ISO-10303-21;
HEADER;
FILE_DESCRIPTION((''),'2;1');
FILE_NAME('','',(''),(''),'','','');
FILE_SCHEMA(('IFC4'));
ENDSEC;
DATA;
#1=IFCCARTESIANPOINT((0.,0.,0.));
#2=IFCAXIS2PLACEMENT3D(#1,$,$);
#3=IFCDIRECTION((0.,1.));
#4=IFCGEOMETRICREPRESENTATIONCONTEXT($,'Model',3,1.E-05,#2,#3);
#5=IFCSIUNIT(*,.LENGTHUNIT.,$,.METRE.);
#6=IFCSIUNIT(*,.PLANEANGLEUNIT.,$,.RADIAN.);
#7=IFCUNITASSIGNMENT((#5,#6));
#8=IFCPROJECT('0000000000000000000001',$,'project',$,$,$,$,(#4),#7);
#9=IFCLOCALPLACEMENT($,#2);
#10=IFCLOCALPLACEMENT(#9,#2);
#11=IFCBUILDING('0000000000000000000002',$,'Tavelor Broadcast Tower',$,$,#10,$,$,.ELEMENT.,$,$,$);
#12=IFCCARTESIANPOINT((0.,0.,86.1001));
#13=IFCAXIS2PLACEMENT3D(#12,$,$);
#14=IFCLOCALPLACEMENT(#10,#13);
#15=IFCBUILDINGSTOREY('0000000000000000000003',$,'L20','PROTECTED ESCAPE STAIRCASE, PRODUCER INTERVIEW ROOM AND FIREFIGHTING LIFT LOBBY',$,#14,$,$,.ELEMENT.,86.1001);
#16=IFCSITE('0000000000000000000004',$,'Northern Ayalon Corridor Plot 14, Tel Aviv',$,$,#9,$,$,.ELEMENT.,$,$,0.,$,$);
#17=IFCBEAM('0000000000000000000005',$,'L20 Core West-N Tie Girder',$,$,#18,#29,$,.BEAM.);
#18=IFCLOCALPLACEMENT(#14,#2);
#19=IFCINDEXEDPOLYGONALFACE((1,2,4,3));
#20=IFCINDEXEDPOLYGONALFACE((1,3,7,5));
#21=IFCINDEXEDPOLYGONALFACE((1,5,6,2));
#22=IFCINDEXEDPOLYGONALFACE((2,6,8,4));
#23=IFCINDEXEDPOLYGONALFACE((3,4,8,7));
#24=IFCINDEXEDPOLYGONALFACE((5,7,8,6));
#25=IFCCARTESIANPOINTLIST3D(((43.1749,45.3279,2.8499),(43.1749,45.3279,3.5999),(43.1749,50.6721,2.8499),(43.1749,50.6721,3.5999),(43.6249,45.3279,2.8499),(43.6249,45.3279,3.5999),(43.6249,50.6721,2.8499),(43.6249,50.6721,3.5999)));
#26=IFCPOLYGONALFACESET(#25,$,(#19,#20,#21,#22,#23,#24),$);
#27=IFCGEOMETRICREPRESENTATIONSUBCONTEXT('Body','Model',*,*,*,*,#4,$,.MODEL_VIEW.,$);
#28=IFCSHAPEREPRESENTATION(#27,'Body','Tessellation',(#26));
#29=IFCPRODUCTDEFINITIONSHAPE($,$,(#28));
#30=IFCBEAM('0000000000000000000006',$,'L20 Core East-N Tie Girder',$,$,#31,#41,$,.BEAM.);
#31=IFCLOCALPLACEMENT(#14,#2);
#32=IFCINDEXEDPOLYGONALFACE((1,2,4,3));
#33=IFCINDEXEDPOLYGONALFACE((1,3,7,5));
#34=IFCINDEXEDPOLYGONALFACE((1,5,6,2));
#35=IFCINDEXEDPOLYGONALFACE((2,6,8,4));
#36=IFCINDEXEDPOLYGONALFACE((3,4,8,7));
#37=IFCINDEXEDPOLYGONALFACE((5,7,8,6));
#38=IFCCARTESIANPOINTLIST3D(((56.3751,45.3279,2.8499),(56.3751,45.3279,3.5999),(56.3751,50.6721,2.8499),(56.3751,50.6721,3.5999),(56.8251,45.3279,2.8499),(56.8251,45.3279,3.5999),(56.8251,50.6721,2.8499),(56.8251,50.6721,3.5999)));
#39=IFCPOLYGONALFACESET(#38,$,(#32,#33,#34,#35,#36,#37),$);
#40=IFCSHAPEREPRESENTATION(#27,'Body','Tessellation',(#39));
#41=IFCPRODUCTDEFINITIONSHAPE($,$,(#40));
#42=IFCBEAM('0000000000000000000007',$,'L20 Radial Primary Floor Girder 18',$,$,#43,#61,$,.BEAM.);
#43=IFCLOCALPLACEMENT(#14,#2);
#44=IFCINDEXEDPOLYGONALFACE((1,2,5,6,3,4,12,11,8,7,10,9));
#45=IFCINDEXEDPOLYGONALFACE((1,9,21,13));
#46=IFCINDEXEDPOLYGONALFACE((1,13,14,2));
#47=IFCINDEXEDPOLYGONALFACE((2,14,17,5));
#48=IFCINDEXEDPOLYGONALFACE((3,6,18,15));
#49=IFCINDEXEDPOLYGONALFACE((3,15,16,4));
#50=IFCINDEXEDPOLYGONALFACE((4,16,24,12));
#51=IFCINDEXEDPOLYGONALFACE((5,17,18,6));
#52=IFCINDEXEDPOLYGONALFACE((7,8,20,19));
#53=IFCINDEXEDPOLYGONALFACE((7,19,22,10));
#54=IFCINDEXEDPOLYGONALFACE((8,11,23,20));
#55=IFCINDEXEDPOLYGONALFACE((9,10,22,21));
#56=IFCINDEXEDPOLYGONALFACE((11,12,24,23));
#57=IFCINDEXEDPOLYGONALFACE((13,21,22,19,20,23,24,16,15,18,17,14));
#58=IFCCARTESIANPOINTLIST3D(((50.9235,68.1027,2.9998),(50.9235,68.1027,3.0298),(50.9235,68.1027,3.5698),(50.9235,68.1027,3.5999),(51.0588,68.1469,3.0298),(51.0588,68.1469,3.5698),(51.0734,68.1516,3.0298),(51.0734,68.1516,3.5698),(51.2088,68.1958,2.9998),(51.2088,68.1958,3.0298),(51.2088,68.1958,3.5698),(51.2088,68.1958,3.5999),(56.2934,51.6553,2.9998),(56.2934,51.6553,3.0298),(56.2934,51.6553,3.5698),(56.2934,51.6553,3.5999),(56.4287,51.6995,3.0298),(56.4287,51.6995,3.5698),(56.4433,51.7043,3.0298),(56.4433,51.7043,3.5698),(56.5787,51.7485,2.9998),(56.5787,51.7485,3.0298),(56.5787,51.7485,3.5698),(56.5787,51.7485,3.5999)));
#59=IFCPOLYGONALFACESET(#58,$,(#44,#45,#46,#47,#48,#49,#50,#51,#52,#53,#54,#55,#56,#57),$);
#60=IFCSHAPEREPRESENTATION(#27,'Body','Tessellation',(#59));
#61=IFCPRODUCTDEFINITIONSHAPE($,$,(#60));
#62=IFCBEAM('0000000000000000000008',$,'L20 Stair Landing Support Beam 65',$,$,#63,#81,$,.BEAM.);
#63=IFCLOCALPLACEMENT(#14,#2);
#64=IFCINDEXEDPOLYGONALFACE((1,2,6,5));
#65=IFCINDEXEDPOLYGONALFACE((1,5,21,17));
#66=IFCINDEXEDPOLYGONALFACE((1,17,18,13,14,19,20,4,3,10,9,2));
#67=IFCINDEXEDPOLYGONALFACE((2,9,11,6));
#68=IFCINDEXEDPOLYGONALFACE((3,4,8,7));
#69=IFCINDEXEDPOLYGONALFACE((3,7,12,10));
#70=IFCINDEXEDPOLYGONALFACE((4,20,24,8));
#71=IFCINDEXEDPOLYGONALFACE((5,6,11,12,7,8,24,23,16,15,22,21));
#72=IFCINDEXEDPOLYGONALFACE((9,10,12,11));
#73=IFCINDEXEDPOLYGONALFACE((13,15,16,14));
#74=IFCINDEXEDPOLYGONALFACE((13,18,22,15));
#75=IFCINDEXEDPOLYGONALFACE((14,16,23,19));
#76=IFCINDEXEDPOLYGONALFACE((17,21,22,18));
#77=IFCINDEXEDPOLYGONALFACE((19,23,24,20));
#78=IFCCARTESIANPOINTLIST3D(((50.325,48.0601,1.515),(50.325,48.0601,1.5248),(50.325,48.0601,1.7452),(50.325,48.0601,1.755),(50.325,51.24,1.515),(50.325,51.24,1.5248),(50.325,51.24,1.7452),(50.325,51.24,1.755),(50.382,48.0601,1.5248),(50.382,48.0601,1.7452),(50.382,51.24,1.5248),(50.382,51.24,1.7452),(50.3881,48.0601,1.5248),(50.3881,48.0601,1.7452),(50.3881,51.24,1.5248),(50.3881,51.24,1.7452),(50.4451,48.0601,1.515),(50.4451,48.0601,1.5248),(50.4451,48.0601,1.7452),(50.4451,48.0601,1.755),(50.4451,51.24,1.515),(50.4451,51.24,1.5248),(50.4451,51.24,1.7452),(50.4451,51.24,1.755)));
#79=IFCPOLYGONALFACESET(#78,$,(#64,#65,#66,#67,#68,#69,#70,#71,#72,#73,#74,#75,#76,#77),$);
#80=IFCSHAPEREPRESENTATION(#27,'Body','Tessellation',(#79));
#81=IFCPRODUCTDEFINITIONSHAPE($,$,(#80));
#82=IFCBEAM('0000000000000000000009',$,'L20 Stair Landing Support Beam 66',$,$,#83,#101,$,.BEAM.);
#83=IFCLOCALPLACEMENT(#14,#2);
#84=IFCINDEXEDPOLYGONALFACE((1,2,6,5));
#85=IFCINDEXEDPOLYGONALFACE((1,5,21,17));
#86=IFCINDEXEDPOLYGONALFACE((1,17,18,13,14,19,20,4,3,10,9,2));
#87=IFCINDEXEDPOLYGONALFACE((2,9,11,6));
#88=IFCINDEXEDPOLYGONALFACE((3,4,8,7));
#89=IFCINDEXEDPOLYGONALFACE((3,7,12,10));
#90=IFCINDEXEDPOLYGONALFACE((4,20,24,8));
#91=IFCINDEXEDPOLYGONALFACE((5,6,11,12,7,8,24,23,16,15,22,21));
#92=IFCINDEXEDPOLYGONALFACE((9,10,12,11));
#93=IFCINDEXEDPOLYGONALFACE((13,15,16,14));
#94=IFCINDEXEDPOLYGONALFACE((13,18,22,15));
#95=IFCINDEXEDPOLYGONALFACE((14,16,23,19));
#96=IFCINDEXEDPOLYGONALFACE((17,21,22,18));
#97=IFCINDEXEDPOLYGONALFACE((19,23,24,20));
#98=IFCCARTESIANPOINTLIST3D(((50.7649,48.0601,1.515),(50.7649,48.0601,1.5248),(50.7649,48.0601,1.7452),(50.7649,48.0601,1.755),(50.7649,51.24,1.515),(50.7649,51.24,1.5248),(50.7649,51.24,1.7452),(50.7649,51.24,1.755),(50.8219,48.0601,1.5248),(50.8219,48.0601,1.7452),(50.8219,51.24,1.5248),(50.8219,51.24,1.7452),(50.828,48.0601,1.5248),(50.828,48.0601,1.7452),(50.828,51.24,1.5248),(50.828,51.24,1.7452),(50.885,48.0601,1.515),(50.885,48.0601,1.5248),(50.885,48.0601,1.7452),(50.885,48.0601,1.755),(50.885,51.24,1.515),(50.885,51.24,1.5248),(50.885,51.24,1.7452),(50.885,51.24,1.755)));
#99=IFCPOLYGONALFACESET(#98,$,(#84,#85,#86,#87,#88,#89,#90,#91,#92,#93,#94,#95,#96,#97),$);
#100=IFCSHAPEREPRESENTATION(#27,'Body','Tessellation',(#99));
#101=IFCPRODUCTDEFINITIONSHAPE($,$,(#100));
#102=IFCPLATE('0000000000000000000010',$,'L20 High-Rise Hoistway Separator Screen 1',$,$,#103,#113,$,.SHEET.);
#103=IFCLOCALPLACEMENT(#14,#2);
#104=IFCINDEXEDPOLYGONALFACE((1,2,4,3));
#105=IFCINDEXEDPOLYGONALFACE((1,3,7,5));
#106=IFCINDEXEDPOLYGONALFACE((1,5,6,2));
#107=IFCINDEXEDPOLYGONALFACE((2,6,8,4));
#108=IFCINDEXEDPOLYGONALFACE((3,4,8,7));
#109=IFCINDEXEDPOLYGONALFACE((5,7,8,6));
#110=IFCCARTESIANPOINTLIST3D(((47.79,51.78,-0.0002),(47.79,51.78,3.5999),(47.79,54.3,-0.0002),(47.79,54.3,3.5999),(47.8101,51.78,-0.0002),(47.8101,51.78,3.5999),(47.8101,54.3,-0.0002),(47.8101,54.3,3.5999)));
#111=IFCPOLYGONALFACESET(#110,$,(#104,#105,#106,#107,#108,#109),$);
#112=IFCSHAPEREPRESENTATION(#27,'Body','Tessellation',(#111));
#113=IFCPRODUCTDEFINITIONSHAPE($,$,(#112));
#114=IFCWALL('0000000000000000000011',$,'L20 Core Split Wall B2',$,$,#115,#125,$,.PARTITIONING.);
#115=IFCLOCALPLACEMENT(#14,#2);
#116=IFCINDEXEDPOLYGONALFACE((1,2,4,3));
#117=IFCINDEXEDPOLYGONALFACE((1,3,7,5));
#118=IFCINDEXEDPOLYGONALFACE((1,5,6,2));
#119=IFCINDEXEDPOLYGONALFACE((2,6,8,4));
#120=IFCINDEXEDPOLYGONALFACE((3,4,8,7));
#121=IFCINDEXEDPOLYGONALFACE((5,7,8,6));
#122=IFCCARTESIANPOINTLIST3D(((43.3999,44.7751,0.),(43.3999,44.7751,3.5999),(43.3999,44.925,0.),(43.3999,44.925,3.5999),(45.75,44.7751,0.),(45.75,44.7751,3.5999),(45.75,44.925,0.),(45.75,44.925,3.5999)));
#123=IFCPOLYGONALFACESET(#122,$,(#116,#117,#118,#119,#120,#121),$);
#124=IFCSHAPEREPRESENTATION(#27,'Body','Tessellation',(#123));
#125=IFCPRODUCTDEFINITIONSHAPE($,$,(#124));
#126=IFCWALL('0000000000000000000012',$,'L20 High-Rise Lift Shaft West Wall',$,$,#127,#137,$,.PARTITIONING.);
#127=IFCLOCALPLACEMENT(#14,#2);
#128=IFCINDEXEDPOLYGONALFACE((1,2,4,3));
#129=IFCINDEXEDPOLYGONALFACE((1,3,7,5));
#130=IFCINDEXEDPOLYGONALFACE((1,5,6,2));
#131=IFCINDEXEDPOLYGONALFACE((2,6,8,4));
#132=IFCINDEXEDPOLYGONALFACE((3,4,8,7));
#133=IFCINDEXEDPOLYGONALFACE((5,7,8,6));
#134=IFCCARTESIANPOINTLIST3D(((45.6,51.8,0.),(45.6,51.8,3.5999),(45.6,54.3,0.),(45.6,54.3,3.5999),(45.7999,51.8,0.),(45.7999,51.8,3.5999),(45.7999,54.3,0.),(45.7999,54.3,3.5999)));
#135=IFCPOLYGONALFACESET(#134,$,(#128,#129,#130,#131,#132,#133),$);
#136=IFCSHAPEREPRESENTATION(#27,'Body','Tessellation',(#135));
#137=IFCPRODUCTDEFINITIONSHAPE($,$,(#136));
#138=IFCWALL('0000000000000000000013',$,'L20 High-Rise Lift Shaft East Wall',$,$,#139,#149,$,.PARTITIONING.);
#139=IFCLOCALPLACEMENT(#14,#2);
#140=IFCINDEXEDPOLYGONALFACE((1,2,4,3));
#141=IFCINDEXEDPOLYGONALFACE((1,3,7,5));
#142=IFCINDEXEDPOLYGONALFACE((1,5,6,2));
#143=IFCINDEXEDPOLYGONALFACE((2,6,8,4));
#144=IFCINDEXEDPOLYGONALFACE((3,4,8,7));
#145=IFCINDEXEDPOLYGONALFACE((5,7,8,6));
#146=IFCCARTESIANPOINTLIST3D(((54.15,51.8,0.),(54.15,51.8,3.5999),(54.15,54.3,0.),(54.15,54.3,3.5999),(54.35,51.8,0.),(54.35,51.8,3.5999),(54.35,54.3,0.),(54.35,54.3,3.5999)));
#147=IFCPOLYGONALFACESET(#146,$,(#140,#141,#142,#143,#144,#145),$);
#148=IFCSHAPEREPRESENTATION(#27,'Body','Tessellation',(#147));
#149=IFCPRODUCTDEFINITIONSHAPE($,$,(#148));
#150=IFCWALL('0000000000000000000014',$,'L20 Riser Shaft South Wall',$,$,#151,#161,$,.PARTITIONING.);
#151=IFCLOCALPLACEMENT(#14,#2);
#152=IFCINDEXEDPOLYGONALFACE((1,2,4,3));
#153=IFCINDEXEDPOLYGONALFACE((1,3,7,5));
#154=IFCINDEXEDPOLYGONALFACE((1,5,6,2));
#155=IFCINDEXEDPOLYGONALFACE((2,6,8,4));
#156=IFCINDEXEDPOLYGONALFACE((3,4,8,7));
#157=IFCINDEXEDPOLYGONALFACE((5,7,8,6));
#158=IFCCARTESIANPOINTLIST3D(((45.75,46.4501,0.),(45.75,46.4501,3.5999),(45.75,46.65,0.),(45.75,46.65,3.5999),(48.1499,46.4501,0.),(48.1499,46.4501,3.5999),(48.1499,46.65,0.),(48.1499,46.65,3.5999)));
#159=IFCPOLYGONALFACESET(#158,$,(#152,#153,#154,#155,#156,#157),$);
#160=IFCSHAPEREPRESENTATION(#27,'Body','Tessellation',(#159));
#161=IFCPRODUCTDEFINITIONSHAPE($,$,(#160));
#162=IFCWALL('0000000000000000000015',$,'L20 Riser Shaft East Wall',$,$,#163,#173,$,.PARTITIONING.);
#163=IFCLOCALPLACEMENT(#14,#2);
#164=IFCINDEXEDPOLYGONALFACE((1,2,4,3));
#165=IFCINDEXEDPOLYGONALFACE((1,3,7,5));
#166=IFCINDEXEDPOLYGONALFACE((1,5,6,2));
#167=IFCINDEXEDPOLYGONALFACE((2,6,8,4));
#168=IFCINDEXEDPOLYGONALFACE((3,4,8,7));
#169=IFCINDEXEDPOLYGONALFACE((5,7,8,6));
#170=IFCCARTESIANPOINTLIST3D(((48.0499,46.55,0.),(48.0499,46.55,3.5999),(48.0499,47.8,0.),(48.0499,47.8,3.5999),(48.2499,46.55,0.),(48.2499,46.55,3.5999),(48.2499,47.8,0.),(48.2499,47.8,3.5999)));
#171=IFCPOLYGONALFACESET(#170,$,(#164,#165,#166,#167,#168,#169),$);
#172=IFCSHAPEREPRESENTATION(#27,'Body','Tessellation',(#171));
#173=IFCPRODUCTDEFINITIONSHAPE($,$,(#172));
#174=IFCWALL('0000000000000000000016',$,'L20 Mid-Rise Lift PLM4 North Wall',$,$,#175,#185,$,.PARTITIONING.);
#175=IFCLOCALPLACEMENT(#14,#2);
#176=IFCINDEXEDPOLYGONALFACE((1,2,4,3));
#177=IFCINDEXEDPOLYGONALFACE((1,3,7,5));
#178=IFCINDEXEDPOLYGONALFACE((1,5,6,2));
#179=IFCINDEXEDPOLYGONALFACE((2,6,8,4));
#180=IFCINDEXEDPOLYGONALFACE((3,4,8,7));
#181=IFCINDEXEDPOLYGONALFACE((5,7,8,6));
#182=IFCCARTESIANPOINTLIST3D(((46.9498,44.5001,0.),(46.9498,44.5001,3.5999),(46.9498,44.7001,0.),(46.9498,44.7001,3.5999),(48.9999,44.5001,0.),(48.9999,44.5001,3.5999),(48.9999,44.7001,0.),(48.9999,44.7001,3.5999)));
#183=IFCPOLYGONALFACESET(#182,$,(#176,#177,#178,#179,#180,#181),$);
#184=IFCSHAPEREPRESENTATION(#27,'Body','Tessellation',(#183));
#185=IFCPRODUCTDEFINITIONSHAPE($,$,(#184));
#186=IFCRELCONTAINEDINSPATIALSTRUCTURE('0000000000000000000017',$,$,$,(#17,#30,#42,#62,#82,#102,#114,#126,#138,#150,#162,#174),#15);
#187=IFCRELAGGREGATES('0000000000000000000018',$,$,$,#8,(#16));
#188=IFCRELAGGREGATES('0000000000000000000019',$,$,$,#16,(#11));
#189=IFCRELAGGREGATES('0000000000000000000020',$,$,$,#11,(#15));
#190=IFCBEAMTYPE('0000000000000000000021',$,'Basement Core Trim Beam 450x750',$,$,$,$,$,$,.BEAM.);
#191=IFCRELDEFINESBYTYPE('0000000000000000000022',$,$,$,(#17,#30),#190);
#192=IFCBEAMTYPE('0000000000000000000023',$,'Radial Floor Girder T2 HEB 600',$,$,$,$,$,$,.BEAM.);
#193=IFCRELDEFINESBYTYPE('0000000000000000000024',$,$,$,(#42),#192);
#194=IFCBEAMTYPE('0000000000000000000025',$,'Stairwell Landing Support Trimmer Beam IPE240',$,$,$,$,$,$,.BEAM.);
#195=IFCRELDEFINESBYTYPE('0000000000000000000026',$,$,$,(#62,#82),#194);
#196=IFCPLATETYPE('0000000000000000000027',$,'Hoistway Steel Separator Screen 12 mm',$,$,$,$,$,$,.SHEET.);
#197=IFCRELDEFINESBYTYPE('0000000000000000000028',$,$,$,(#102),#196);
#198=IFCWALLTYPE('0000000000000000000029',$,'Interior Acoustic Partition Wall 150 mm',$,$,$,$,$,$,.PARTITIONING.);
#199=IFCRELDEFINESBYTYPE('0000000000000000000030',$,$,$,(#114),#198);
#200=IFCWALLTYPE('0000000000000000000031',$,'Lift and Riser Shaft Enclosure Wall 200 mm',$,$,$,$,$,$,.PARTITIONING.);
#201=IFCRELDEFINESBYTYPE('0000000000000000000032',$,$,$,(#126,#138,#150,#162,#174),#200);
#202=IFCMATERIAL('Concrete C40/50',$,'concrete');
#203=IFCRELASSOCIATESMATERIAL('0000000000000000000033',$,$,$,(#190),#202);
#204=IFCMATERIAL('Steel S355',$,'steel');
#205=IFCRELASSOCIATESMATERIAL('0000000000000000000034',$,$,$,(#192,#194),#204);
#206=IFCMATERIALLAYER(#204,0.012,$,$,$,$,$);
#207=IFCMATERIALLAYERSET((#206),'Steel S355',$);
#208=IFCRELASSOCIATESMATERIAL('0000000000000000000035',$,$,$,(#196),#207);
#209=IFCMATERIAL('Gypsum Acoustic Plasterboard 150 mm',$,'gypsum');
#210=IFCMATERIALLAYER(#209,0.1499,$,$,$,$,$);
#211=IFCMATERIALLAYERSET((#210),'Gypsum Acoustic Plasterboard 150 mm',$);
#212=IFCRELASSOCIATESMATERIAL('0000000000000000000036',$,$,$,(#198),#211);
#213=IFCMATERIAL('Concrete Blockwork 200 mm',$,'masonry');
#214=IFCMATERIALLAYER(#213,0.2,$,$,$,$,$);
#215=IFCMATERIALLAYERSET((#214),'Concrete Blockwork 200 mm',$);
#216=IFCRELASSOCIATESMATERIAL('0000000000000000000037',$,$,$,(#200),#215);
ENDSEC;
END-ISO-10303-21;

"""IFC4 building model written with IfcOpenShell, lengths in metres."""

from ifc_helpers import new_model, si_unit, direction, frame, frame_2d, origin, origin_2d, place, context, subcontext, project, spatial, rectangle, i_section, extrude, source, transform, mapped, material, layer, layer_set, material_profile, profile_set, type_object, type_shapes, element, save


model = new_model("IFC4")

# Units and contexts
model_context = context("Model", 3, precision=1e-05, world=origin(), true_north=direction((0.0, 1.0)))
body_context = subcontext(model_context, "Body", "Model", "MODEL_VIEW")
ifc_project = project(units=[si_unit("LENGTHUNIT", "METRE"), si_unit("PLANEANGLEUNIT", "RADIAN")], contexts=[model_context])

# Site, building, storey
site_placement = place(None, origin())
site = spatial("IfcSite", under=ifc_project, at=site_placement, Name="Northern Ayalon Corridor Plot 14, Tel Aviv", CompositionType="ELEMENT", RefElevation=0.0)
building_placement = place(site_placement, origin())
building = spatial("IfcBuilding", under=site, at=building_placement, Name="Tavelor Broadcast Tower", CompositionType="ELEMENT")
storey_placement = place(building_placement, frame((0.0, 0.0, 86.1001)))
storey = spatial("IfcBuildingStorey", under=building, at=storey_placement, Name="L20", Description="PROTECTED ESCAPE STAIRCASE, PRODUCER INTERVIEW ROOM AND FIREFIGHTING LIFT LOBBY", CompositionType="ELEMENT", Elevation=86.1001)

# Beams
ifc_material_1 = material(Name="Concrete C40/50", Category="concrete")
ifc_material_profile_1 = material_profile(ifc_material_1, rectangle(XDim=0.45, YDim=0.75, at=origin_2d()), Name="RC 450x750")
ifc_profile_set_1 = profile_set([ifc_material_profile_1], Name="Concrete C40/50")
beam_type_1 = type_object("IfcBeamType", Name="Basement Core Trim Beam 450x750", PredefinedType="BEAM", material=ifc_profile_set_1)
for number, where, z_axis, x_axis, name in (
    (1, (43.3999, 45.3279, 3.2249), (0.0, 1.0, 0.0), (-1.0, 0.0, 0.0), "L20 Core West-N Tie Girder"),
    (2, (56.6001, 45.3279, 3.2249), (0.0, 1.0, 0.0), (-1.0, 0.0, 0.0), "L20 Core East-N Tie Girder"),
):
    element("IfcBeam", number, at=place(storey_placement, frame(where, z_axis=z_axis, x_axis=x_axis)), inside=storey, type_object=beam_type_1, Name=name, PredefinedType="BEAM", context=body_context, shape_type="SweptSolid", body=[
        extrude(rectangle(XDim=0.45, YDim=0.75, at=origin_2d()), origin(), (0.0, 0.0, 1.0), 5.3442),
    ])
ifc_material_2 = material(Name="Steel S355", Category="steel")
ifc_material_profile_2 = material_profile(ifc_material_2, i_section(OverallWidth=0.3, OverallDepth=0.6001, WebThickness=0.0154, FlangeThickness=0.03, at=origin_2d()), Name="HEB 600")
ifc_profile_set_2 = profile_set([ifc_material_profile_2], Name="Steel S355")
beam_type_2 = type_object("IfcBeamType", Name="Radial Floor Girder T2 HEB 600", PredefinedType="BEAM", material=ifc_profile_set_2)
beam_placement = place(storey_placement, frame((56.436, 51.7019, 3.2998), z_axis=(-0.310367, 0.950617, 0.0), x_axis=(-0.950617, -0.310367, 0.0)))
element("IfcBeam", 3, at=beam_placement, inside=storey, type_object=beam_type_2, Name="L20 Radial Primary Floor Girder 18", PredefinedType="BEAM", context=body_context, shape_type="SweptSolid", body=[
    extrude(i_section(OverallWidth=0.3, OverallDepth=0.6001, WebThickness=0.0154, FlangeThickness=0.03, at=origin_2d()), origin(), (0.0, 0.0, 1.0), 17.3018),
])
ifc_material_profile_3 = material_profile(ifc_material_2, i_section(OverallWidth=0.1201, OverallDepth=0.24, WebThickness=0.0061, FlangeThickness=0.0098, at=origin_2d()), Name="IPE 240")
ifc_profile_set_3 = profile_set([ifc_material_profile_3], Name="Steel S355")
beam_type_3 = type_object("IfcBeamType", Name="Stairwell Landing Support Trimmer Beam IPE240", PredefinedType="BEAM", material=ifc_profile_set_3)
for number, where, z_axis, x_axis, name in (
    (4, (50.385, 48.0601, 1.635), (0.0, 1.0, 0.0), (-1.0, 0.0, 0.0), "L20 Stair Landing Support Beam 65"),
    (5, (50.825, 48.0601, 1.635), (0.0, 1.0, 0.0), (-1.0, 0.0, 0.0), "L20 Stair Landing Support Beam 66"),
):
    element("IfcBeam", number, at=place(storey_placement, frame(where, z_axis=z_axis, x_axis=x_axis)), inside=storey, type_object=beam_type_3, Name=name, PredefinedType="BEAM", context=body_context, shape_type="SweptSolid", body=[
        extrude(i_section(OverallWidth=0.1201, OverallDepth=0.24, WebThickness=0.0061, FlangeThickness=0.0098, at=origin_2d()), origin(), (0.0, 0.0, 1.0), 3.1799),
    ])

# Plate
ifc_layer_1 = layer(ifc_material_2, 0.012)
ifc_layer_set_1 = layer_set([ifc_layer_1], Name="Steel S355")
plate_type = type_object("IfcPlateType", Name="Hoistway Steel Separator Screen 12 mm", PredefinedType="SHEET", material=ifc_layer_set_1)
shared_shape = source(origin(), body_context, "Body", "SweptSolid", [
    extrude(rectangle(XDim=0.02, YDim=2.52, at=origin_2d()), origin(), (0.0, 0.0, 1.0), 3.6001),
])
type_shapes(plate_type, [shared_shape])
plate_placement = place(storey_placement, frame((47.8, 53.04, -0.0002), z_axis=(0.0, 0.0, 1.0), x_axis=(1.0, 0.0, 0.0)))
element("IfcPlate", 6, at=plate_placement, inside=storey, type_object=plate_type, Name="L20 High-Rise Hoistway Separator Screen 1", PredefinedType="SHEET", context=body_context, shape_type="MappedRepresentation", body=[
    mapped(shared_shape, transform((0.0, 0.0, 0.0), scale=1.0)),
])

# Walls
ifc_material_3 = material(Name="Gypsum Acoustic Plasterboard 150 mm", Category="gypsum")
ifc_layer_2 = layer(ifc_material_3, 0.1499)
ifc_layer_set_2 = layer_set([ifc_layer_2], Name="Gypsum Acoustic Plasterboard 150 mm")
wall_type_1 = type_object("IfcWallType", Name="Interior Acoustic Partition Wall 150 mm", PredefinedType="PARTITIONING", material=ifc_layer_set_2)
wall_1_placement = place(storey_placement, frame((43.3999, 44.8501, 0.0), z_axis=(0.0, 0.0, 1.0), x_axis=(1.0, 0.0, 0.0)))
element("IfcWall", 7, at=wall_1_placement, inside=storey, type_object=wall_type_1, Name="L20 Core Split Wall B2", PredefinedType="PARTITIONING", context=body_context, shape_type="SweptSolid", body=[
    extrude(rectangle(XDim=2.3501, YDim=0.1499, at=frame_2d((1.175, 0.0))), origin(), (0.0, 0.0, 1.0), 3.5999),
])
ifc_material_4 = material(Name="Concrete Blockwork 200 mm", Category="masonry")
ifc_layer_3 = layer(ifc_material_4, 0.2)
ifc_layer_set_3 = layer_set([ifc_layer_3], Name="Concrete Blockwork 200 mm")
wall_type_2 = type_object("IfcWallType", Name="Lift and Riser Shaft Enclosure Wall 200 mm", PredefinedType="PARTITIONING", material=ifc_layer_set_3)
for number, where, z_axis, x_axis, name in (
    (8, (45.7, 51.8, 0.0), (0.0, 0.0, 1.0), (0.0, 1.0, 0.0), "L20 High-Rise Lift Shaft West Wall"),
    (9, (54.25, 51.8, 0.0), (0.0, 0.0, 1.0), (0.0, 1.0, 0.0), "L20 High-Rise Lift Shaft East Wall"),
):
    element("IfcWall", number, at=place(storey_placement, frame(where, z_axis=z_axis, x_axis=x_axis)), inside=storey, type_object=wall_type_2, Name=name, PredefinedType="PARTITIONING", context=body_context, shape_type="SweptSolid", body=[
        extrude(rectangle(XDim=2.5, YDim=0.2, at=frame_2d((1.25, 0.0))), origin(), (0.0, 0.0, 1.0), 3.5999),
    ])
wall_2_placement = place(storey_placement, frame((45.75, 46.55, 0.0), z_axis=(0.0, 0.0, 1.0), x_axis=(1.0, 0.0, 0.0)))
element("IfcWall", 10, at=wall_2_placement, inside=storey, type_object=wall_type_2, Name="L20 Riser Shaft South Wall", PredefinedType="PARTITIONING", context=body_context, shape_type="SweptSolid", body=[
    extrude(rectangle(XDim=2.3999, YDim=0.2, at=frame_2d((1.2, 0.0))), origin(), (0.0, 0.0, 1.0), 3.5999),
])
wall_3_placement = place(storey_placement, frame((48.1499, 46.55, 0.0), z_axis=(0.0, 0.0, 1.0), x_axis=(0.0, 1.0, 0.0)))
element("IfcWall", 11, at=wall_3_placement, inside=storey, type_object=wall_type_2, Name="L20 Riser Shaft East Wall", PredefinedType="PARTITIONING", context=body_context, shape_type="SweptSolid", body=[
    extrude(rectangle(XDim=1.25, YDim=0.2, at=frame_2d((0.625, 0.0))), origin(), (0.0, 0.0, 1.0), 3.5999),
])
wall_4_placement = place(storey_placement, frame((46.95, 44.6001, 0.0), z_axis=(0.0, 0.0, 1.0), x_axis=(1.0, 0.0, 0.0)))
element("IfcWall", 12, at=wall_4_placement, inside=storey, type_object=wall_type_2, Name="L20 Mid-Rise Lift PLM4 North Wall", PredefinedType="PARTITIONING", context=body_context, shape_type="SweptSolid", body=[
    extrude(rectangle(XDim=2.05, YDim=0.2, at=frame_2d((1.0249, 0.0))), origin(), (0.0, 0.0, 1.0), 3.5999),
])

save(model, "model.ifc")
